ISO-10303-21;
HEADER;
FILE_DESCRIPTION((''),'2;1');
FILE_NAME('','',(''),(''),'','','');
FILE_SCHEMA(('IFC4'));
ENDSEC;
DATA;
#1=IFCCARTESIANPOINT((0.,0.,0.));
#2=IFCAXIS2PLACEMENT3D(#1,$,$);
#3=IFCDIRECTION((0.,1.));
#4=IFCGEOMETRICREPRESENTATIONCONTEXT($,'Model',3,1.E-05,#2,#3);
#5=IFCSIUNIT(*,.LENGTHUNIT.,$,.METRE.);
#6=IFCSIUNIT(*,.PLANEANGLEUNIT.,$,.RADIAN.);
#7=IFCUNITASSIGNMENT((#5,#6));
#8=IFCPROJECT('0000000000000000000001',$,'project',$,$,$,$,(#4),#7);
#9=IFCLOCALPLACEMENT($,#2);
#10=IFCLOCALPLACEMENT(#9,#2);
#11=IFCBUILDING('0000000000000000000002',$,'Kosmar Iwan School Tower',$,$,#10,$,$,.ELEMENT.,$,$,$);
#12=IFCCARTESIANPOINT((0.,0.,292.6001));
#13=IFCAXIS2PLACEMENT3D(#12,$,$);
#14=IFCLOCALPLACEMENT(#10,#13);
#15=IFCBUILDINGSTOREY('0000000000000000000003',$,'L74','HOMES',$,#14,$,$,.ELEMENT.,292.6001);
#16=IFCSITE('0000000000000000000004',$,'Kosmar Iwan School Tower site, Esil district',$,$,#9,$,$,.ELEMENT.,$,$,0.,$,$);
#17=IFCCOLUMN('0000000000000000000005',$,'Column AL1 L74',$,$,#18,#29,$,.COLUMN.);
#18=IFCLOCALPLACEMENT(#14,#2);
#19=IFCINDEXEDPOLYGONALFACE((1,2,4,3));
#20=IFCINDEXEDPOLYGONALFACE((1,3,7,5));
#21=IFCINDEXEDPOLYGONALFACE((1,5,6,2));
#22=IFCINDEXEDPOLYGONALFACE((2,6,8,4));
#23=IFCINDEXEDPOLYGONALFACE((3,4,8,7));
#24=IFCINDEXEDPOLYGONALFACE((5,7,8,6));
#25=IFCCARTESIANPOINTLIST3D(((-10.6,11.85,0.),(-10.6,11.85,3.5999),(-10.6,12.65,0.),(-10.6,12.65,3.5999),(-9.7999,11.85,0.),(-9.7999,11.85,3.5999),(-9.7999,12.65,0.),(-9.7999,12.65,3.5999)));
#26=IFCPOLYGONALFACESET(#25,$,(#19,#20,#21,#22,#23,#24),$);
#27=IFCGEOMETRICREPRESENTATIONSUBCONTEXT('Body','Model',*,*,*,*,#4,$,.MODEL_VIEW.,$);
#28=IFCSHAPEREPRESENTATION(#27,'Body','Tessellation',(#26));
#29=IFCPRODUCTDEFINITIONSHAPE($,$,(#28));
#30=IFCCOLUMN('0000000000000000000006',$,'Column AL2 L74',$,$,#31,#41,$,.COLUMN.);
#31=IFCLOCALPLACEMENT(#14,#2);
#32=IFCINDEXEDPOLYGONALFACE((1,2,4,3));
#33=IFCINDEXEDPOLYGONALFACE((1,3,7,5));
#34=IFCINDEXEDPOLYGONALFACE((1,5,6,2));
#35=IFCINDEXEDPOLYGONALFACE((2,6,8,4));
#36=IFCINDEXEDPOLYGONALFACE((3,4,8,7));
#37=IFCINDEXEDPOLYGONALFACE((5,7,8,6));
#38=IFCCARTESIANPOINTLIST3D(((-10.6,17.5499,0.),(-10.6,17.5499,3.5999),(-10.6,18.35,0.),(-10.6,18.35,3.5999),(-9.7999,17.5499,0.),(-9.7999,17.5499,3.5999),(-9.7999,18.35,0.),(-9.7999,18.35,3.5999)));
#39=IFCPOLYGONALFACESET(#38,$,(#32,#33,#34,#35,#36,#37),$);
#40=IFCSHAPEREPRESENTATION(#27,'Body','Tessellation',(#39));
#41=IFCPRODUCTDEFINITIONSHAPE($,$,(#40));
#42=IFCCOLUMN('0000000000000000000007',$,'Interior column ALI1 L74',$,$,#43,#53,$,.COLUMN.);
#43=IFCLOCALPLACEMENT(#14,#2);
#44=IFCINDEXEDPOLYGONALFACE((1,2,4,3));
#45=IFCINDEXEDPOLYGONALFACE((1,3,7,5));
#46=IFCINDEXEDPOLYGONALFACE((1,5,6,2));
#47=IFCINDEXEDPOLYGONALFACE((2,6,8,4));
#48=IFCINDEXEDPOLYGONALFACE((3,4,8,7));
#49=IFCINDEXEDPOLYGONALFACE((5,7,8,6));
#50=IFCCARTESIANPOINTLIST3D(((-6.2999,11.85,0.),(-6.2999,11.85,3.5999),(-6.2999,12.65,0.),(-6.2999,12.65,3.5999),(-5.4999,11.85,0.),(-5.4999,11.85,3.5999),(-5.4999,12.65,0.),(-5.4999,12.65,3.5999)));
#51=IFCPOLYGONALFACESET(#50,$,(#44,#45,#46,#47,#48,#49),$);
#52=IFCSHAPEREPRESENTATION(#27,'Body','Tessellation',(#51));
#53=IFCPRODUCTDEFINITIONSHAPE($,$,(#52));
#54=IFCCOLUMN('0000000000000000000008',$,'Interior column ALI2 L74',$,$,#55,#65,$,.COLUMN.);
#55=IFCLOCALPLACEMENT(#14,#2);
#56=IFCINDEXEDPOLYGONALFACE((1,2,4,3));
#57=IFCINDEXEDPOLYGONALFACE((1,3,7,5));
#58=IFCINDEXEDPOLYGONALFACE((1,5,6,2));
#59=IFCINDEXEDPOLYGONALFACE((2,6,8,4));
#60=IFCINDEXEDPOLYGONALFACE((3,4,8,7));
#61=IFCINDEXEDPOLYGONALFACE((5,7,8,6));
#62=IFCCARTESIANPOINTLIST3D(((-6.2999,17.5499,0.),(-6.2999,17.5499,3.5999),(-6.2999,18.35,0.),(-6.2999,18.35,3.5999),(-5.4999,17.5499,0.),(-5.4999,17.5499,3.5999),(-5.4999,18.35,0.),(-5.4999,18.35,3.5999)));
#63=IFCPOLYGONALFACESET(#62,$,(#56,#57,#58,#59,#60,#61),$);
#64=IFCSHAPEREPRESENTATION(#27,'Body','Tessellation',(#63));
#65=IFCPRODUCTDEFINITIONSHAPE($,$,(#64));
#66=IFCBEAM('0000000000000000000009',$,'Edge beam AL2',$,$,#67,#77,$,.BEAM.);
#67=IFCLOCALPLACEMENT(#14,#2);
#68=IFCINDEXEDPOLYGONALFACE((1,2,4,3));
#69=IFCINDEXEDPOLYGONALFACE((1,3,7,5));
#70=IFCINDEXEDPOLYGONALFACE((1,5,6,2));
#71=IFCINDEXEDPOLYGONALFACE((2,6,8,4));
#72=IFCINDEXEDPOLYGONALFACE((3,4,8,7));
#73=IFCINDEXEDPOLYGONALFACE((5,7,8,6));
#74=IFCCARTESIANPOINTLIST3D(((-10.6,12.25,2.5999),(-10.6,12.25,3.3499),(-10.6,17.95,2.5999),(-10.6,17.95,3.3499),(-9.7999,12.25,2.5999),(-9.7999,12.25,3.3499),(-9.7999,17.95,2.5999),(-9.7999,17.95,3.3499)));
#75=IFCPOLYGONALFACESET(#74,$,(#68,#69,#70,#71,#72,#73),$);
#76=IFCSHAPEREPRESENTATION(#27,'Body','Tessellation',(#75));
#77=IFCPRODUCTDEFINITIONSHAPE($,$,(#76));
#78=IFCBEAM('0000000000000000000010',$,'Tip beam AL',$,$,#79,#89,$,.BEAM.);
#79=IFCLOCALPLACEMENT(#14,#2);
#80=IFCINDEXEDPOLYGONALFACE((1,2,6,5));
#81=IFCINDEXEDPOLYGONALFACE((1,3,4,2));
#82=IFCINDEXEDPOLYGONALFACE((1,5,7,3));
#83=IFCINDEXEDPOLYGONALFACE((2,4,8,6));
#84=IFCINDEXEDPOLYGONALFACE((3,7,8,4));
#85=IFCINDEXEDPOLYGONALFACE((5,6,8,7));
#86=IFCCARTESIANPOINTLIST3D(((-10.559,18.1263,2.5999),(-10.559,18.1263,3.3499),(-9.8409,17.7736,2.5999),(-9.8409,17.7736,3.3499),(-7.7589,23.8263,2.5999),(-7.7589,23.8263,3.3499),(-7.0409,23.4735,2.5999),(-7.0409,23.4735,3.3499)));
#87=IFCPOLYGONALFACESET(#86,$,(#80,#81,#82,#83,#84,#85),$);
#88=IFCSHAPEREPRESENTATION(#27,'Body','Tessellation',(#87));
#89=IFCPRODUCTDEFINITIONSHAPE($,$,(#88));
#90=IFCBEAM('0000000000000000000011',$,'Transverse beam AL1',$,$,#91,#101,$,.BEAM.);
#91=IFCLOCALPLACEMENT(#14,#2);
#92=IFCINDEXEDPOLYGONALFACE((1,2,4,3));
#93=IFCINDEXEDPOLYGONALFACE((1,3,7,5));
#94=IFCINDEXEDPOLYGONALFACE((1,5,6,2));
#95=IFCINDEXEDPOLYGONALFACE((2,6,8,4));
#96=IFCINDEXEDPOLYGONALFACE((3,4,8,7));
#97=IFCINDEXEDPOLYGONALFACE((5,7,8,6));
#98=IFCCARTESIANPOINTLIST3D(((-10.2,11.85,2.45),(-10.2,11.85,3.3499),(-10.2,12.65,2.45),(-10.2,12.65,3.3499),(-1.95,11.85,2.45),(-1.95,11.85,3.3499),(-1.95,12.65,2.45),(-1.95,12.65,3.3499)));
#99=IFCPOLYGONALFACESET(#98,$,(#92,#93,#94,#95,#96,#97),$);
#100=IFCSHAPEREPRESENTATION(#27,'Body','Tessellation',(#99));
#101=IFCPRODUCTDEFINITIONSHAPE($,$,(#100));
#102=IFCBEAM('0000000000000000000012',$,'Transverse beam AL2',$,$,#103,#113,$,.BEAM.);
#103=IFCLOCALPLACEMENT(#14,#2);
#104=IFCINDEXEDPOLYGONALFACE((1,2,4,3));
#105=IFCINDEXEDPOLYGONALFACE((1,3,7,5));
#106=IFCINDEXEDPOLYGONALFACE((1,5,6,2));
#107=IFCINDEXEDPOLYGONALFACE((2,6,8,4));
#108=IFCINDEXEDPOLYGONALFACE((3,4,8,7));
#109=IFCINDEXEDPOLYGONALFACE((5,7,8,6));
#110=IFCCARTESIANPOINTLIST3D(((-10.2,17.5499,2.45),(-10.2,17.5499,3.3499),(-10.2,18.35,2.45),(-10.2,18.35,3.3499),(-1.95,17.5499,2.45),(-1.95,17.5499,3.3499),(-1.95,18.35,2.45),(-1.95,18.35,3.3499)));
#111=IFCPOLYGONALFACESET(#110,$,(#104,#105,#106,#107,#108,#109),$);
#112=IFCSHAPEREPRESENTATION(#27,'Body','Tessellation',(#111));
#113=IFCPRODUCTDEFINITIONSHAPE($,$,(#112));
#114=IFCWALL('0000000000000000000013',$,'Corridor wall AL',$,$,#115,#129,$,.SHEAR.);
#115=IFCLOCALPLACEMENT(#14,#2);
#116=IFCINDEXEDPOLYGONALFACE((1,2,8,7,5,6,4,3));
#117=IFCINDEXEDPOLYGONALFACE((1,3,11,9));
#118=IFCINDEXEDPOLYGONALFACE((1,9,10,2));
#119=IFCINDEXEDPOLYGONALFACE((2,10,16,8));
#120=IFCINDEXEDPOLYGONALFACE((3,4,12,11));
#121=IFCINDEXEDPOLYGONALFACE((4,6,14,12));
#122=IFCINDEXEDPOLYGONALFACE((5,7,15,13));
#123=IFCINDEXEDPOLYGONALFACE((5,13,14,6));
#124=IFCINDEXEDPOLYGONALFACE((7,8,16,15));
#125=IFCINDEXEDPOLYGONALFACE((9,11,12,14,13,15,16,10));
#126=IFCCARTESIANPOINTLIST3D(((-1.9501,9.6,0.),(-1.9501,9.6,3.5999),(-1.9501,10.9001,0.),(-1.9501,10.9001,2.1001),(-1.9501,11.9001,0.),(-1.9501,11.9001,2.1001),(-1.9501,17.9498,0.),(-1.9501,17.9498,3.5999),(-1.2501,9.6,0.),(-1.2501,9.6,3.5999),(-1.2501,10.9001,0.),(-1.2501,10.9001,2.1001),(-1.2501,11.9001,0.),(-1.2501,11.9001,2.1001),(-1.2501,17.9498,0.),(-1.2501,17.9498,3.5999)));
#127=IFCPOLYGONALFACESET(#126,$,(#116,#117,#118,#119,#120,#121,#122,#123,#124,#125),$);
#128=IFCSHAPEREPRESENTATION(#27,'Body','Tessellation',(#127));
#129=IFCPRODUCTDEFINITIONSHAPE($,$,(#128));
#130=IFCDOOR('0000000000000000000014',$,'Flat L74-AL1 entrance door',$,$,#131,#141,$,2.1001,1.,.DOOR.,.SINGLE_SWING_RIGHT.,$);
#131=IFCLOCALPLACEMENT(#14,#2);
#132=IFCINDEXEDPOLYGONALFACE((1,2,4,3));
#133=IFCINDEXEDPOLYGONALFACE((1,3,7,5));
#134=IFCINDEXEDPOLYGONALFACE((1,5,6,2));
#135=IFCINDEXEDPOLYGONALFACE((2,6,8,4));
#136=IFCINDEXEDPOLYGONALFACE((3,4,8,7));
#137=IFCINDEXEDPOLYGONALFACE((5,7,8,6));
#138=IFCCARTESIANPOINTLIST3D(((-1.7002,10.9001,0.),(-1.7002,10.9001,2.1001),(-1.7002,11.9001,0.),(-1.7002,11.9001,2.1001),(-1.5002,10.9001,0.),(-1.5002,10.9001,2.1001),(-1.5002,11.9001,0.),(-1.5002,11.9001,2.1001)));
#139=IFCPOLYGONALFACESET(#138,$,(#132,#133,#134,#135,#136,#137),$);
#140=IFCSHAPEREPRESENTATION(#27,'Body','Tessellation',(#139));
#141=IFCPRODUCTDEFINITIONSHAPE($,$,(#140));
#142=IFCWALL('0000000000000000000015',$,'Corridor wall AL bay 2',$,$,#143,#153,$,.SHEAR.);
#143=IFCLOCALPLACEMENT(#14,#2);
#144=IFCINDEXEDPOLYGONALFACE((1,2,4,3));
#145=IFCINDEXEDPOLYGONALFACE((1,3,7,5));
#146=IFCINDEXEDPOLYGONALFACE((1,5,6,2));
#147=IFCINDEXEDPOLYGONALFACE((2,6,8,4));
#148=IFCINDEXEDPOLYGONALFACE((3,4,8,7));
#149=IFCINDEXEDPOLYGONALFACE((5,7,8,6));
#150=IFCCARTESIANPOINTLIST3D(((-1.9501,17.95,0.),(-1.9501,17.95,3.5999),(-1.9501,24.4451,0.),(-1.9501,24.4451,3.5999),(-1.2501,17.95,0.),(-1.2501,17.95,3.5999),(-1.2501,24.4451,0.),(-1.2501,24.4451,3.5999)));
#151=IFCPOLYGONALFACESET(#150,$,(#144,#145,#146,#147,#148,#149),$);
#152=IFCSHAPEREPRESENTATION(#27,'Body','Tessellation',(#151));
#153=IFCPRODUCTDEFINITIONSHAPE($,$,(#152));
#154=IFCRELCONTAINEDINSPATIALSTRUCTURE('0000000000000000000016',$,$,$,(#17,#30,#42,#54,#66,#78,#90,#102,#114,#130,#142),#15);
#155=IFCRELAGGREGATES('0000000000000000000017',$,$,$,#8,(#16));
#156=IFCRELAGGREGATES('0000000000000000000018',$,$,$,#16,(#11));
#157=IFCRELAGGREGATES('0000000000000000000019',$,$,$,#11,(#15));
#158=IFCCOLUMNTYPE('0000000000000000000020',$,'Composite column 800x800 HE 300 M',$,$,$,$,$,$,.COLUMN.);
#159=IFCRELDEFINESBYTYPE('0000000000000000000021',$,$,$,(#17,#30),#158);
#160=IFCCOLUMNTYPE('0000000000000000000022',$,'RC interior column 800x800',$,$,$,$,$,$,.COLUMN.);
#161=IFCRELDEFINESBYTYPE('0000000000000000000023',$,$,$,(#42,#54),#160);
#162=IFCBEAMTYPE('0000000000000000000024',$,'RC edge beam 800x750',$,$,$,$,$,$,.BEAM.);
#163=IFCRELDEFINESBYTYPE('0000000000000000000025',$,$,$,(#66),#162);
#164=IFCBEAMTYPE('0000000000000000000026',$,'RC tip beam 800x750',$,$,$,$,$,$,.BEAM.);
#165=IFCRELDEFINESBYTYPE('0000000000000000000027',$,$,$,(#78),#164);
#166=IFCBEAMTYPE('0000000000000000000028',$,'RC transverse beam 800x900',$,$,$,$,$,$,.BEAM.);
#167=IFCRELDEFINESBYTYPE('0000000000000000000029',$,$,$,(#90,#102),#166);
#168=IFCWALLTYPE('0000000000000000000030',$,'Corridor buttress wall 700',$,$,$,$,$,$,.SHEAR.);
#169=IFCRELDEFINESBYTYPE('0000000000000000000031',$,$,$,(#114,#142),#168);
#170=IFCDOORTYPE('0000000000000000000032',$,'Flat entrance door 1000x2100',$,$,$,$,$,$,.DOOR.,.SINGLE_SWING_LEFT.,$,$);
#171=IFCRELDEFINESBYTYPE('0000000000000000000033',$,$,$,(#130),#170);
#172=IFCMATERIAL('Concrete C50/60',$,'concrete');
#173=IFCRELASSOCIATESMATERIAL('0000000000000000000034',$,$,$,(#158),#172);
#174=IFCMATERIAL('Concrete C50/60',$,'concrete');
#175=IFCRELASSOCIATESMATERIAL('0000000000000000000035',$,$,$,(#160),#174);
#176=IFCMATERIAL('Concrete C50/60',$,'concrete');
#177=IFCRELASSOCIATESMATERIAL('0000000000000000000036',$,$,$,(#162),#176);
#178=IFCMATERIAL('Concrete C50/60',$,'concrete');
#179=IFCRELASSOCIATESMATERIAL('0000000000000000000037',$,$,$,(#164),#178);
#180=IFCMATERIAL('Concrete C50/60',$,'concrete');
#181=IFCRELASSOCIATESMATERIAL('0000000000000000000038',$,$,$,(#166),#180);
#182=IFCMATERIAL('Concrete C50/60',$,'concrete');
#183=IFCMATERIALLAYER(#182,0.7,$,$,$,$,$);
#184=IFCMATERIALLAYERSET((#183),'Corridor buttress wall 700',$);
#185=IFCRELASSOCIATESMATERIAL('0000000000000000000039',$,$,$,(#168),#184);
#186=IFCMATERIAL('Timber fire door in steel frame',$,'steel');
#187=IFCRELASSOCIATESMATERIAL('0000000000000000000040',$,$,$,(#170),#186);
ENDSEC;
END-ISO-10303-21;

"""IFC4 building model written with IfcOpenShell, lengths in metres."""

from ifc_helpers import new_model, si_unit, direction, frame, frame_2d, origin, origin_2d, place, context, subcontext, project, spatial, rectangle, extrude, material, layer, layer_set, material_profile, profile_set, type_object, element, fill, save


model = new_model("IFC4")

# Units and contexts
model_context = context("Model", 3, precision=1e-05, world=origin(), true_north=direction((0.0, 1.0)))
body_context = subcontext(model_context, "Body", "Model", "MODEL_VIEW")
ifc_project = project(units=[si_unit("LENGTHUNIT", "METRE"), si_unit("PLANEANGLEUNIT", "RADIAN")], contexts=[model_context])

# Site, building, storey
site_placement = place(None, origin())
site = spatial("IfcSite", under=ifc_project, at=site_placement, Name="Kosmar Iwan School Tower site, Esil district", CompositionType="ELEMENT", RefElevation=0.0)
building_placement = place(site_placement, origin())
building = spatial("IfcBuilding", under=site, at=building_placement, Name="Kosmar Iwan School Tower", CompositionType="ELEMENT")
storey_placement = place(building_placement, frame((0.0, 0.0, 292.6001)))
storey = spatial("IfcBuildingStorey", under=building, at=storey_placement, Name="L74", Description="HOMES", CompositionType="ELEMENT", Elevation=292.6001)

# Columns
ifc_material_1 = material(Name="Concrete C50/60", Category="concrete")
ifc_material_profile_1 = material_profile(ifc_material_1, rectangle(XDim=0.8, YDim=0.8, at=origin_2d()), Name="RC 800x800 + HE 300 M")
ifc_profile_set_1 = profile_set([ifc_material_profile_1], Name="Concrete C50/60")
column_type_1 = type_object("IfcColumnType", Name="Composite column 800x800 HE 300 M", PredefinedType="COLUMN", material=ifc_profile_set_1)
for number, where, z_axis, x_axis, name in (
    (1, (-10.2, 12.25, 0.0), (0.0, 0.0, 1.0), (0.0, 1.0, 0.0), "Column AL1 L74"),
    (2, (-10.2, 17.95, 0.0), (0.0, 0.0, 1.0), (0.0, 1.0, 0.0), "Column AL2 L74"),
):
    element("IfcColumn", number, at=place(storey_placement, frame(where, z_axis=z_axis, x_axis=x_axis)), inside=storey, type_object=column_type_1, Name=name, PredefinedType="COLUMN", context=body_context, shape_type="SweptSolid", body=[
        extrude(rectangle(XDim=0.8, YDim=0.8, at=origin_2d()), origin(), (0.0, 0.0, 1.0), 3.5999),
    ])
ifc_material_2 = material(Name="Concrete C50/60", Category="concrete")
ifc_material_profile_2 = material_profile(ifc_material_2, rectangle(XDim=0.8, YDim=0.8, at=origin_2d()), Name="RC 800x800")
ifc_profile_set_2 = profile_set([ifc_material_profile_2], Name="Concrete C50/60")
column_type_2 = type_object("IfcColumnType", Name="RC interior column 800x800", PredefinedType="COLUMN", material=ifc_profile_set_2)
for number, where, z_axis, x_axis, name in (
    (3, (-5.8999, 12.25, 0.0), (0.0, 0.0, 1.0), (0.0, 1.0, 0.0), "Interior column ALI1 L74"),
    (4, (-5.8999, 17.95, 0.0), (0.0, 0.0, 1.0), (0.0, 1.0, 0.0), "Interior column ALI2 L74"),
):
    element("IfcColumn", number, at=place(storey_placement, frame(where, z_axis=z_axis, x_axis=x_axis)), inside=storey, type_object=column_type_2, Name=name, PredefinedType="COLUMN", context=body_context, shape_type="SweptSolid", body=[
        extrude(rectangle(XDim=0.8, YDim=0.8, at=origin_2d()), origin(), (0.0, 0.0, 1.0), 3.5999),
    ])

# Beams
ifc_material_3 = material(Name="Concrete C50/60", Category="concrete")
ifc_material_profile_3 = material_profile(ifc_material_3, rectangle(XDim=0.8, YDim=0.75, at=origin_2d()), Name="RC 800x750")
ifc_profile_set_3 = profile_set([ifc_material_profile_3], Name="Concrete C50/60")
beam_type_1 = type_object("IfcBeamType", Name="RC edge beam 800x750", PredefinedType="BEAM", material=ifc_profile_set_3)
beam_1_placement = place(storey_placement, frame((-10.2, 12.25, 2.9749), z_axis=(0.0, 1.0, 0.0), x_axis=(-1.0, 0.0, 0.0)))
element("IfcBeam", 5, at=beam_1_placement, inside=storey, type_object=beam_type_1, Name="Edge beam AL2", PredefinedType="BEAM", context=body_context, shape_type="SweptSolid", body=[
    extrude(rectangle(XDim=0.8, YDim=0.75, at=origin_2d()), origin(), (0.0, 0.0, 1.0), 5.7),
])
ifc_material_4 = material(Name="Concrete C50/60", Category="concrete")
ifc_material_profile_4 = material_profile(ifc_material_4, rectangle(XDim=0.8, YDim=0.75, at=origin_2d()), Name="RC 800x750")
ifc_profile_set_4 = profile_set([ifc_material_profile_4], Name="Concrete C50/60")
beam_type_2 = type_object("IfcBeamType", Name="RC tip beam 800x750", PredefinedType="BEAM", material=ifc_profile_set_4)
beam_2_placement = place(storey_placement, frame((-10.2, 17.95, 2.9749), z_axis=(0.440913, 0.89755, 0.0), x_axis=(-0.89755, 0.440913, 0.0)))
element("IfcBeam", 6, at=beam_2_placement, inside=storey, type_object=beam_type_2, Name="Tip beam AL", PredefinedType="BEAM", context=body_context, shape_type="SweptSolid", body=[
    extrude(rectangle(XDim=0.8, YDim=0.75, at=origin_2d()), origin(), (0.0, 0.0, 1.0), 6.3506),
])
ifc_material_5 = material(Name="Concrete C50/60", Category="concrete")
ifc_material_profile_5 = material_profile(ifc_material_5, rectangle(XDim=0.8, YDim=0.8999, at=origin_2d()), Name="RC 800x900")
ifc_profile_set_5 = profile_set([ifc_material_profile_5], Name="Concrete C50/60")
beam_type_3 = type_object("IfcBeamType", Name="RC transverse beam 800x900", PredefinedType="BEAM", material=ifc_profile_set_5)
for number, where, z_axis, x_axis, name in (
    (7, (-10.2, 12.25, 2.8999), (1.0, 0.0, 0.0), (0.0, 1.0, 0.0), "Transverse beam AL1"),
    (8, (-10.2, 17.95, 2.8999), (1.0, 0.0, 0.0), (0.0, 1.0, 0.0), "Transverse beam AL2"),
):
    element("IfcBeam", number, at=place(storey_placement, frame(where, z_axis=z_axis, x_axis=x_axis)), inside=storey, type_object=beam_type_3, Name=name, PredefinedType="BEAM", context=body_context, shape_type="SweptSolid", body=[
        extrude(rectangle(XDim=0.8, YDim=0.8999, at=origin_2d()), origin(), (0.0, 0.0, 1.0), 8.25),
    ])

# Wall, opening, door
ifc_material_6 = material(Name="Concrete C50/60", Category="concrete")
ifc_layer_1 = layer(ifc_material_6, 0.7)
ifc_layer_set_1 = layer_set([ifc_layer_1], Name="Corridor buttress wall 700")
wall_type_1 = type_object("IfcWallType", Name="Corridor buttress wall 700", PredefinedType="SHEAR", material=ifc_layer_set_1)
wall_1_placement = place(storey_placement, frame((-1.6001, 9.6001, 0.0), z_axis=(0.0, 0.0, 1.0), x_axis=(0.0, 1.0, 0.0)))
wall_1 = element("IfcWall", 9, at=wall_1_placement, inside=storey, type_object=wall_type_1, Name="Corridor wall AL", PredefinedType="SHEAR", context=body_context, shape_type="SweptSolid", body=[
    extrude(rectangle(XDim=8.3499, YDim=0.7, at=frame_2d((4.1748, 0.0))), origin(), (0.0, 0.0, 1.0), 3.5999),
])
opening_1_placement = place(wall_1_placement, frame((1.3, 0.0, 0.0)))
opening_1 = element("IfcOpeningElement", 10, at=opening_1_placement, cuts=wall_1, PredefinedType="OPENING", context=body_context, shape_type="SweptSolid", body=[
    extrude(rectangle(XDim=1.0, YDim=2.1001, at=frame_2d((0.5, 1.05))), frame((0.0, 0.3621, 0.0), z_axis=(0.0, -1.0, 0.0), x_axis=(1.0, 0.0, 0.0)), (0.0, 0.0, 1.0), 0.7239),
])
ifc_material_7 = material(Name="Timber fire door in steel frame", Category="steel")
door_type_1 = type_object("IfcDoorType", Name="Flat entrance door 1000x2100", OperationType="SINGLE_SWING_LEFT", PredefinedType="DOOR", material=ifc_material_7)
door_1_placement = place(opening_1_placement, origin())
door_1 = element("IfcDoor", 11, at=door_1_placement, inside=storey, type_object=door_type_1, Name="Flat L74-AL1 entrance door", OperationType="SINGLE_SWING_RIGHT", OverallHeight=2.1001, OverallWidth=1.0, PredefinedType="DOOR", context=body_context, shape_type="SweptSolid", body=[
    extrude(rectangle(XDim=1.0, YDim=2.1001, at=frame_2d((0.5, 1.05))), frame((0.0, 0.1001, 0.0), z_axis=(0.0, -1.0, 0.0), x_axis=(1.0, 0.0, 0.0)), (0.0, 0.0, 1.0), 0.2),
])
fill(opening_1, door_1)

# Wall
wall_2_placement = place(storey_placement, frame((-1.6001, 17.95, 0.0), z_axis=(0.0, 0.0, 1.0), x_axis=(0.0, 1.0, 0.0)))
element("IfcWall", 12, at=wall_2_placement, inside=storey, type_object=wall_type_1, Name="Corridor wall AL bay 2", PredefinedType="SHEAR", context=body_context, shape_type="SweptSolid", body=[
    extrude(rectangle(XDim=6.4951, YDim=0.7, at=frame_2d((3.2476, 0.0))), origin(), (0.0, 0.0, 1.0), 3.5999),
])

save(model, "model.ifc")
